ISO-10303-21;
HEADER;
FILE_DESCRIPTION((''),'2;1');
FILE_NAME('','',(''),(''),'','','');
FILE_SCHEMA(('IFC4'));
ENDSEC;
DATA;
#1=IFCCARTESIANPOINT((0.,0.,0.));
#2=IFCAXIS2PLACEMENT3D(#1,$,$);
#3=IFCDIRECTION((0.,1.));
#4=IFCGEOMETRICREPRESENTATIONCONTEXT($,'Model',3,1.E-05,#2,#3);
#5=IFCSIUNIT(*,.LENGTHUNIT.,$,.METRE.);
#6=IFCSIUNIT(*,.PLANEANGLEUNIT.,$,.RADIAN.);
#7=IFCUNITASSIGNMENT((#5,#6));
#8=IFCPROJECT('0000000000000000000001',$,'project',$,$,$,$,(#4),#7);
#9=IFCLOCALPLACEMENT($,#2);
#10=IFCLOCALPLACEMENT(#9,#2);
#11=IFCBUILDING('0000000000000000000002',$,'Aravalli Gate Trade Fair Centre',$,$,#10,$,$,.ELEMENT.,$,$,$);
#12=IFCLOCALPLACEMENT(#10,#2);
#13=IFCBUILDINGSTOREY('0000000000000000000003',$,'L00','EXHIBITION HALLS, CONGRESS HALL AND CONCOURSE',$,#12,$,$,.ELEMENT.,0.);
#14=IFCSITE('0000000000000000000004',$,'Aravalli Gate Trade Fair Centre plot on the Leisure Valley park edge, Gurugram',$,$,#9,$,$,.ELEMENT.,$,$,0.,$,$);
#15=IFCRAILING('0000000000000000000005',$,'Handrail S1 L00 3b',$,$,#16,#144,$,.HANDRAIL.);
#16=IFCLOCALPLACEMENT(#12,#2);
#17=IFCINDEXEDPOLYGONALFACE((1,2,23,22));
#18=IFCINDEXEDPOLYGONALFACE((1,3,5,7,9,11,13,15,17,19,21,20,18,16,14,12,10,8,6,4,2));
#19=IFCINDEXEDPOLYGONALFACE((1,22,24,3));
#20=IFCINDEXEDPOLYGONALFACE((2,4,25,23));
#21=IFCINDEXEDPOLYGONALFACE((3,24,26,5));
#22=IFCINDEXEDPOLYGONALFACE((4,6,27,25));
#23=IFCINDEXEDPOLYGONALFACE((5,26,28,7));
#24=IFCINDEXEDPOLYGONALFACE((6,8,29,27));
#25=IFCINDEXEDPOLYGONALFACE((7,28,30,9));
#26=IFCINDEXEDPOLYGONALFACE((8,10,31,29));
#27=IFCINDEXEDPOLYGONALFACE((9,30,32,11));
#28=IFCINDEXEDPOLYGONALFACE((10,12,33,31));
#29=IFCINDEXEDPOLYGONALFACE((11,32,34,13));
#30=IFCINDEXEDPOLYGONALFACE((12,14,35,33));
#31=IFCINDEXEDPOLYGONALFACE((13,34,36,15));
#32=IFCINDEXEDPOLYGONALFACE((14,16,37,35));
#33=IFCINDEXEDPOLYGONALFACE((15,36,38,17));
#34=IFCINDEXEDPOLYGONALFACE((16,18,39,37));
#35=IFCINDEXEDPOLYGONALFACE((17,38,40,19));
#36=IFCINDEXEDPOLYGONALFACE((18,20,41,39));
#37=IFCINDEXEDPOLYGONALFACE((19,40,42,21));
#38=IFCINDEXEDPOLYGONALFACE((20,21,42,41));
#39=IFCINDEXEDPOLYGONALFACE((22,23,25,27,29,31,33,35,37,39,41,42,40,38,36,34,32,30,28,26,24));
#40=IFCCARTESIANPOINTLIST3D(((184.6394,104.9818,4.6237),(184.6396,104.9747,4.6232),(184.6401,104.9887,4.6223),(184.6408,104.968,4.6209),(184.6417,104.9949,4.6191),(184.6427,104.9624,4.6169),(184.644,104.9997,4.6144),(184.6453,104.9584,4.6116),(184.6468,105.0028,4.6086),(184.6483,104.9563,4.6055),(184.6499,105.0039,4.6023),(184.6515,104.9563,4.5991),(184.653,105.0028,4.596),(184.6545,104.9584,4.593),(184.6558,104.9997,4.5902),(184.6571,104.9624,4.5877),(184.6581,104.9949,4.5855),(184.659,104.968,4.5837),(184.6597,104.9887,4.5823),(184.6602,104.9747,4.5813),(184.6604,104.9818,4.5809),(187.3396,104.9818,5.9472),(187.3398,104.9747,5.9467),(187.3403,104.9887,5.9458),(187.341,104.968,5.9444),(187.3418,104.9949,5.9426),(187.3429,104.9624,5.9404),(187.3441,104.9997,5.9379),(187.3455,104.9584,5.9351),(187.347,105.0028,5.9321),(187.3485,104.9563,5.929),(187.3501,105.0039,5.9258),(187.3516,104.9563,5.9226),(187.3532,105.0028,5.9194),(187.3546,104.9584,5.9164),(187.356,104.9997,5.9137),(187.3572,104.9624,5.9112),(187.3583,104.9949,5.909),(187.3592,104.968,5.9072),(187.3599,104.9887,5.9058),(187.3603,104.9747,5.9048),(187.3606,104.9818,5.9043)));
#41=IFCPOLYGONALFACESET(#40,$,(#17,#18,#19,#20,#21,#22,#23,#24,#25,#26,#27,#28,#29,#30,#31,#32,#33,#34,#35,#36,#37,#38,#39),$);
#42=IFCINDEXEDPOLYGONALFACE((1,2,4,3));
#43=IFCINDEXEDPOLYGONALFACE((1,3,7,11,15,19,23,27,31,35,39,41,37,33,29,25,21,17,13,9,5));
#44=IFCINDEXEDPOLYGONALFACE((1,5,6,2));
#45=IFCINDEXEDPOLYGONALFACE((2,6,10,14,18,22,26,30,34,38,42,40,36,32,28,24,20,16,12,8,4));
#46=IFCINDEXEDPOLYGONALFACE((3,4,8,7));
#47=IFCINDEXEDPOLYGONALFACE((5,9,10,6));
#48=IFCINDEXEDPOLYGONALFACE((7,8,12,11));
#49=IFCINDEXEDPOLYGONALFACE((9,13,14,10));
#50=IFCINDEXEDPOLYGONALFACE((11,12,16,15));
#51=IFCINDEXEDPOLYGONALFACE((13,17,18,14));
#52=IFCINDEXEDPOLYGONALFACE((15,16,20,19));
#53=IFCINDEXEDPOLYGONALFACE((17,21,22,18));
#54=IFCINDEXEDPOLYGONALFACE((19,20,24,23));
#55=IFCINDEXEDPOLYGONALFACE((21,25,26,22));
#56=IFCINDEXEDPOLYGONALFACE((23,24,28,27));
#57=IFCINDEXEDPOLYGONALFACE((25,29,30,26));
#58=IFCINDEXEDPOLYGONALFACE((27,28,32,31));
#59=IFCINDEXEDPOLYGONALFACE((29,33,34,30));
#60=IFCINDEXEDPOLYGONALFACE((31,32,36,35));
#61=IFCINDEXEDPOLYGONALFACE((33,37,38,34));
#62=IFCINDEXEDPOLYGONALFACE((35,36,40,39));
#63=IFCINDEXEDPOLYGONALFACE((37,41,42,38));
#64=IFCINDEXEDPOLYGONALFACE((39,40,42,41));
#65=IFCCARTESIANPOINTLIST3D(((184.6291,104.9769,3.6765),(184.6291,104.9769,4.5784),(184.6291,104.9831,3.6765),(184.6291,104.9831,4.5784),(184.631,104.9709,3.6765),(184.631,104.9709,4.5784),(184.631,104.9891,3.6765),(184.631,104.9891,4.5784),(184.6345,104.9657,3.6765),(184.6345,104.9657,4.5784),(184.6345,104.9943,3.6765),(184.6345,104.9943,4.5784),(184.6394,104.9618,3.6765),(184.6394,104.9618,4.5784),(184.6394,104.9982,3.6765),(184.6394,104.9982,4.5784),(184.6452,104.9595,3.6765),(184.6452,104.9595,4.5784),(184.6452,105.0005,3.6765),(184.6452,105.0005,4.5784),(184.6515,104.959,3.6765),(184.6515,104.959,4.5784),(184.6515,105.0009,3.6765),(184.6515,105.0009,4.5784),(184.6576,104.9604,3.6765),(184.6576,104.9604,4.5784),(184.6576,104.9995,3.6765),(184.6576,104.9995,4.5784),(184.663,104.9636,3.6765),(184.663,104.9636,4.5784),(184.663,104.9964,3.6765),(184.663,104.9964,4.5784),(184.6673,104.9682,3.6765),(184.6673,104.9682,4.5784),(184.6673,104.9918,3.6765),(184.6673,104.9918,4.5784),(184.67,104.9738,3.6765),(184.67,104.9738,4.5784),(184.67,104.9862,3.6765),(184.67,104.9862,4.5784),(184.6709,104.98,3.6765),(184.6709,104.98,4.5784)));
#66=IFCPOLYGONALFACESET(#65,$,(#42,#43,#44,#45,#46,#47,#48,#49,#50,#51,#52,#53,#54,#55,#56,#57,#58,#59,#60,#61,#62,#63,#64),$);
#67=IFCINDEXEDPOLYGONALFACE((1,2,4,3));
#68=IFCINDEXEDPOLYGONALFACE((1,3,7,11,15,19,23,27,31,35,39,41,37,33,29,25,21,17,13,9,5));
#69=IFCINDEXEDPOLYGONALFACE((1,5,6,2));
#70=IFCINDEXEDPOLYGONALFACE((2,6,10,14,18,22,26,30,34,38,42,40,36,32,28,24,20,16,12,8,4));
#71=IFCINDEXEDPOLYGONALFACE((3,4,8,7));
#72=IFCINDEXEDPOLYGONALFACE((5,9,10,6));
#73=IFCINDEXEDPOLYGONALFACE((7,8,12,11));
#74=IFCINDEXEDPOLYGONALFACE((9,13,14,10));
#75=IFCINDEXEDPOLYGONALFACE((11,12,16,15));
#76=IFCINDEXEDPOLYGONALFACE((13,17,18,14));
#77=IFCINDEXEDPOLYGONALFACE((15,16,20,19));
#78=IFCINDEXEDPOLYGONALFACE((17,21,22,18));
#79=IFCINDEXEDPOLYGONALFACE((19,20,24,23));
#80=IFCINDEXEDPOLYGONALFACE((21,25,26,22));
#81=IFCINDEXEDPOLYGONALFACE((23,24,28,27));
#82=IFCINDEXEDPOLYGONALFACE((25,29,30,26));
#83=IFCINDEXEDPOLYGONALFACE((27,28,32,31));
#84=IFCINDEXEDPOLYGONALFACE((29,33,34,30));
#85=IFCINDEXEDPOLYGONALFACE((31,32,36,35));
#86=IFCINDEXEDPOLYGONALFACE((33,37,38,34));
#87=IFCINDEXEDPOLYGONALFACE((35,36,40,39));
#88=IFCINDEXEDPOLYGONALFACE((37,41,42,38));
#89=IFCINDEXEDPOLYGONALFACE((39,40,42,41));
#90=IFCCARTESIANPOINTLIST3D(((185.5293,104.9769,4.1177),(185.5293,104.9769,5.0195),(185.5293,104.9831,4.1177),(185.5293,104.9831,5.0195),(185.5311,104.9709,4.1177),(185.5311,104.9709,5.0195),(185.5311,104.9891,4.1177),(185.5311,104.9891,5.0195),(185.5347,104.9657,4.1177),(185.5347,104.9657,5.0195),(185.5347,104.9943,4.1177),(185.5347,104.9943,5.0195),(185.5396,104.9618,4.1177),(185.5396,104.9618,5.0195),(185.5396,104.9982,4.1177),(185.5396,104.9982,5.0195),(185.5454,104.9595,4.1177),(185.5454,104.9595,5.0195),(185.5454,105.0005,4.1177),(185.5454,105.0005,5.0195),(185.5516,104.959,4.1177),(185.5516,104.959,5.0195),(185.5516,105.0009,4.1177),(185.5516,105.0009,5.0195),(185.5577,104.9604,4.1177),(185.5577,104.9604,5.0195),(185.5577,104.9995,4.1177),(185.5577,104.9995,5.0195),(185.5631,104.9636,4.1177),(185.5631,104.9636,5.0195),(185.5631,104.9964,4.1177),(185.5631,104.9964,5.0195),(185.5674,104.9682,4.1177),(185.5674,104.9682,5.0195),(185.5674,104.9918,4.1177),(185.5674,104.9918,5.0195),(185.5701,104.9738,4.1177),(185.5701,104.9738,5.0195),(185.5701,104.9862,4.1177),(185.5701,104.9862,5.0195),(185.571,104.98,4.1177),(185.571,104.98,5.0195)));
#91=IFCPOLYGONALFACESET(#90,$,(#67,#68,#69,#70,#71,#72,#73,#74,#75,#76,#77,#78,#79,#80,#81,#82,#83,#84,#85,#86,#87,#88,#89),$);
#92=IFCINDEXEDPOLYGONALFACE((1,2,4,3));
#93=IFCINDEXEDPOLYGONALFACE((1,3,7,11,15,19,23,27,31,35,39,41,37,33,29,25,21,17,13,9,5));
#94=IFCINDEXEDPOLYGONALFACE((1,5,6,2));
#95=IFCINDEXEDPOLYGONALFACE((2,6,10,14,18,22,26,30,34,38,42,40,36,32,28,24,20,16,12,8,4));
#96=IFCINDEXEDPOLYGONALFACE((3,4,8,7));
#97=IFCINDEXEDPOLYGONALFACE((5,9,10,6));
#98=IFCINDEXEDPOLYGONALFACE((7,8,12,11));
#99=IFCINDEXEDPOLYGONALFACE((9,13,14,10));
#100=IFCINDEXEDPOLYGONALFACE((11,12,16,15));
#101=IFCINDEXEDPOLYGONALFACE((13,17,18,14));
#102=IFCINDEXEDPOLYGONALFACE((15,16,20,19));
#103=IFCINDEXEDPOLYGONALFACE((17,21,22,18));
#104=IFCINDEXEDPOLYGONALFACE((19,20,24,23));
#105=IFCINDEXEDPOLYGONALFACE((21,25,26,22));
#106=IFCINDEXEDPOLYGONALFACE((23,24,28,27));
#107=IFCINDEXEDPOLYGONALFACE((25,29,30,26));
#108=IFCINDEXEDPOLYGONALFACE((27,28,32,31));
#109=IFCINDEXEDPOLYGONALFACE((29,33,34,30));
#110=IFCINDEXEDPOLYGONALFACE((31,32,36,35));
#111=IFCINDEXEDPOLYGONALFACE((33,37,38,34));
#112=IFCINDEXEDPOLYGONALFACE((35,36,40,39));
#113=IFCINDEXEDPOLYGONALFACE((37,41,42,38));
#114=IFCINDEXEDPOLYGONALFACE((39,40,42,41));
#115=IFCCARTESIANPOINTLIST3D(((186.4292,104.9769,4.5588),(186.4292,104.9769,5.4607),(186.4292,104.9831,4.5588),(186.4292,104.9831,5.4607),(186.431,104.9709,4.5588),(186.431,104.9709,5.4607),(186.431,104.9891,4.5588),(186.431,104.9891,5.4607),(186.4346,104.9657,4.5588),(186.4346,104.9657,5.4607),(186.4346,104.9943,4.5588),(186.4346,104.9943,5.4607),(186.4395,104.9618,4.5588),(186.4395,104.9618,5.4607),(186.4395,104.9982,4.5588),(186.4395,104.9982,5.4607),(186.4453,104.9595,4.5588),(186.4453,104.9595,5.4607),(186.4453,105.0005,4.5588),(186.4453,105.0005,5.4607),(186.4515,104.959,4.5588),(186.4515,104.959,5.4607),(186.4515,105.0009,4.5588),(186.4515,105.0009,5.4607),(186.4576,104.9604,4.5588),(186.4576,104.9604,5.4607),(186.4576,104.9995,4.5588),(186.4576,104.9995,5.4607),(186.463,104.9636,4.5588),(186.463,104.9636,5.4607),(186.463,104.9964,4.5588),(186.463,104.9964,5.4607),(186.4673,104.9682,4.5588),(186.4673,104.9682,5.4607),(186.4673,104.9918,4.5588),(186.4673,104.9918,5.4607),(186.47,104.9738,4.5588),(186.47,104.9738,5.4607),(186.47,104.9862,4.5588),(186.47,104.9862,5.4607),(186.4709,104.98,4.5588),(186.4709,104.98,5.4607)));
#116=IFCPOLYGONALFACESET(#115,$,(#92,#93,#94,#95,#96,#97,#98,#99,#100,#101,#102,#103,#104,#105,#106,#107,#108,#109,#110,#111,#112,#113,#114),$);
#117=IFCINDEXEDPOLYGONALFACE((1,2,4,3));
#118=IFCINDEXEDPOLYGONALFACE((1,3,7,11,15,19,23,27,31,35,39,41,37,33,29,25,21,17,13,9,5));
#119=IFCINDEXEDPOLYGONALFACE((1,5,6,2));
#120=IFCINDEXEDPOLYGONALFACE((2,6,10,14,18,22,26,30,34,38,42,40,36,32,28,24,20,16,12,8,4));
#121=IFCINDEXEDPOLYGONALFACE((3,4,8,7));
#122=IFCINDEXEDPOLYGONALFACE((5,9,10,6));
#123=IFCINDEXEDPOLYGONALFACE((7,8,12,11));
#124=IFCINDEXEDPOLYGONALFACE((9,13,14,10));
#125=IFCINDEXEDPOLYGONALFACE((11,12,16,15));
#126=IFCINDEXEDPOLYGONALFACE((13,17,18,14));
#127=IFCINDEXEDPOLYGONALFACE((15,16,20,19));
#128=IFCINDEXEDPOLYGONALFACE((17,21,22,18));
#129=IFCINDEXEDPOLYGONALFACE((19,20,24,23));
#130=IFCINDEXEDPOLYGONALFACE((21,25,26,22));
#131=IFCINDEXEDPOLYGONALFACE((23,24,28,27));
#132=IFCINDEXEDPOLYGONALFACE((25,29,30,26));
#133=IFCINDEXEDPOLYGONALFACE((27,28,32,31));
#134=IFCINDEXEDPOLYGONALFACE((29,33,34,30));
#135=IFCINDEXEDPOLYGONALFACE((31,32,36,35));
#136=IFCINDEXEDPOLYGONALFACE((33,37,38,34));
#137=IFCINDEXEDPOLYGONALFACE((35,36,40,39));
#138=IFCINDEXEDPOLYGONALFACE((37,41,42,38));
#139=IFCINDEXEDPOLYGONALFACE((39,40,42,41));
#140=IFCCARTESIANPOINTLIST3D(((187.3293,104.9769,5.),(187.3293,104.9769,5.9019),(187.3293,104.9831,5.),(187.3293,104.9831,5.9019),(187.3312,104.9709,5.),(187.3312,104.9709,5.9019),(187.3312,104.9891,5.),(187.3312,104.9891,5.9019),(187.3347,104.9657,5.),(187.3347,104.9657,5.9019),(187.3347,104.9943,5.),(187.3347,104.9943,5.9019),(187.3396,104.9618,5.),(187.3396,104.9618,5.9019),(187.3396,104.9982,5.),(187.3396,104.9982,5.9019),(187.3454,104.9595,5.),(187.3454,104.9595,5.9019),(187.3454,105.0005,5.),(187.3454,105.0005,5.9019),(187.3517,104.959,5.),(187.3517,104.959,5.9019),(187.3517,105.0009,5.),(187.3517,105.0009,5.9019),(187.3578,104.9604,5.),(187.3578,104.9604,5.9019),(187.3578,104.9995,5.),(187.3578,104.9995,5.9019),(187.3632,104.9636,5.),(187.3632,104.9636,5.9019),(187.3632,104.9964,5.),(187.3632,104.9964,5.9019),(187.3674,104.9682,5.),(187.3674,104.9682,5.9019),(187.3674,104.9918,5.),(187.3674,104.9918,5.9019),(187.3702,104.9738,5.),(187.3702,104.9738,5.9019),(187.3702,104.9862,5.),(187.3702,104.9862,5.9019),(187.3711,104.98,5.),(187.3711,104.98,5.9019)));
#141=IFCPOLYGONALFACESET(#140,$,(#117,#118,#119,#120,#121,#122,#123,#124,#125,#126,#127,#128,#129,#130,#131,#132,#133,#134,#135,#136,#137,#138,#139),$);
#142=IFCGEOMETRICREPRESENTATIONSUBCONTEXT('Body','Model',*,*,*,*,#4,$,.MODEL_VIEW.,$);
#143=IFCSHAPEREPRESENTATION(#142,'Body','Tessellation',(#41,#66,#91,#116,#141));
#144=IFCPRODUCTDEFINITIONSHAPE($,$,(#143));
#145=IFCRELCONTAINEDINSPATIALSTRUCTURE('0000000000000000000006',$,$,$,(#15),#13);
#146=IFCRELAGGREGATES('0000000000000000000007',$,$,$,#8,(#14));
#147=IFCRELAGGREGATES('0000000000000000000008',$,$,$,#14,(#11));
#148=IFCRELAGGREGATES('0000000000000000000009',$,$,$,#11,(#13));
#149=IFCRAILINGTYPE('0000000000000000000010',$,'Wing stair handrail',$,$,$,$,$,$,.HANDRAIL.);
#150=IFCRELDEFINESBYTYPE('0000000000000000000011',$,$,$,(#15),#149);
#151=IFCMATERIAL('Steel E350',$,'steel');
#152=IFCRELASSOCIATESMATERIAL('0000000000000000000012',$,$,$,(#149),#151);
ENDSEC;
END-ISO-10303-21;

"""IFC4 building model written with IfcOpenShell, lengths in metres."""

from ifc_helpers import new_model, si_unit, direction, frame, origin, origin_2d, place, context, subcontext, project, spatial, circle, extrude, material, type_object, element, save


model = new_model("IFC4")

# Units and contexts
model_context = context("Model", 3, precision=1e-05, world=origin(), true_north=direction((0.0, 1.0)))
body_context = subcontext(model_context, "Body", "Model", "MODEL_VIEW")
ifc_project = project(units=[si_unit("LENGTHUNIT", "METRE"), si_unit("PLANEANGLEUNIT", "RADIAN")], contexts=[model_context])

# Site, building, storey
site_placement = place(None, origin())
site = spatial("IfcSite", under=ifc_project, at=site_placement, Name="Aravalli Gate Trade Fair Centre plot on the Leisure Valley park edge, Gurugram", CompositionType="ELEMENT", RefElevation=0.0)
building_placement = place(site_placement, origin())
building = spatial("IfcBuilding", under=site, at=building_placement, Name="Aravalli Gate Trade Fair Centre", CompositionType="ELEMENT")
storey_placement = place(building_placement, origin())
storey = spatial("IfcBuildingStorey", under=building, at=storey_placement, Name="L00", Description="EXHIBITION HALLS, CONGRESS HALL AND CONCOURSE", CompositionType="ELEMENT", Elevation=0.0)

# Shared definitions
ifc_material_1 = material(Name="Steel E350", Category="steel")

# Railing
railing_type_1 = type_object("IfcRailingType", Name="Wing stair handrail", PredefinedType="HANDRAIL", material=ifc_material_1)
railing_1_placement = place(storey_placement, frame((184.6499, 104.98, 3.6765)))
element("IfcRailing", 1, at=railing_1_placement, inside=storey, type_object=railing_type_1, Name="Handrail S1 L00 3b", PredefinedType="HANDRAIL", context=body_context, shape_type="SweptSolid", body=[
    extrude(circle(Radius=0.0239, at=origin_2d()), frame((0.0, 0.0, 0.9258), z_axis=(0.897939, 0.0, 0.44012), x_axis=(0.0, 1.0, 0.0)), (0.0, 0.0, 1.0), 3.0071),
    extrude(circle(Radius=0.021, at=origin_2d()), origin(), (0.0, 0.0, 1.0), 0.9019),
    extrude(circle(Radius=0.021, at=origin_2d()), frame((0.9001, 0.0, 0.4412)), (0.0, 0.0, 1.0), 0.9019),
    extrude(circle(Radius=0.021, at=origin_2d()), frame((1.8, 0.0, 0.8823)), (0.0, 0.0, 1.0), 0.9019),
    extrude(circle(Radius=0.021, at=origin_2d()), frame((2.7002, 0.0, 1.3235)), (0.0, 0.0, 1.0), 0.9019),
])

save(model, "model.ifc")
